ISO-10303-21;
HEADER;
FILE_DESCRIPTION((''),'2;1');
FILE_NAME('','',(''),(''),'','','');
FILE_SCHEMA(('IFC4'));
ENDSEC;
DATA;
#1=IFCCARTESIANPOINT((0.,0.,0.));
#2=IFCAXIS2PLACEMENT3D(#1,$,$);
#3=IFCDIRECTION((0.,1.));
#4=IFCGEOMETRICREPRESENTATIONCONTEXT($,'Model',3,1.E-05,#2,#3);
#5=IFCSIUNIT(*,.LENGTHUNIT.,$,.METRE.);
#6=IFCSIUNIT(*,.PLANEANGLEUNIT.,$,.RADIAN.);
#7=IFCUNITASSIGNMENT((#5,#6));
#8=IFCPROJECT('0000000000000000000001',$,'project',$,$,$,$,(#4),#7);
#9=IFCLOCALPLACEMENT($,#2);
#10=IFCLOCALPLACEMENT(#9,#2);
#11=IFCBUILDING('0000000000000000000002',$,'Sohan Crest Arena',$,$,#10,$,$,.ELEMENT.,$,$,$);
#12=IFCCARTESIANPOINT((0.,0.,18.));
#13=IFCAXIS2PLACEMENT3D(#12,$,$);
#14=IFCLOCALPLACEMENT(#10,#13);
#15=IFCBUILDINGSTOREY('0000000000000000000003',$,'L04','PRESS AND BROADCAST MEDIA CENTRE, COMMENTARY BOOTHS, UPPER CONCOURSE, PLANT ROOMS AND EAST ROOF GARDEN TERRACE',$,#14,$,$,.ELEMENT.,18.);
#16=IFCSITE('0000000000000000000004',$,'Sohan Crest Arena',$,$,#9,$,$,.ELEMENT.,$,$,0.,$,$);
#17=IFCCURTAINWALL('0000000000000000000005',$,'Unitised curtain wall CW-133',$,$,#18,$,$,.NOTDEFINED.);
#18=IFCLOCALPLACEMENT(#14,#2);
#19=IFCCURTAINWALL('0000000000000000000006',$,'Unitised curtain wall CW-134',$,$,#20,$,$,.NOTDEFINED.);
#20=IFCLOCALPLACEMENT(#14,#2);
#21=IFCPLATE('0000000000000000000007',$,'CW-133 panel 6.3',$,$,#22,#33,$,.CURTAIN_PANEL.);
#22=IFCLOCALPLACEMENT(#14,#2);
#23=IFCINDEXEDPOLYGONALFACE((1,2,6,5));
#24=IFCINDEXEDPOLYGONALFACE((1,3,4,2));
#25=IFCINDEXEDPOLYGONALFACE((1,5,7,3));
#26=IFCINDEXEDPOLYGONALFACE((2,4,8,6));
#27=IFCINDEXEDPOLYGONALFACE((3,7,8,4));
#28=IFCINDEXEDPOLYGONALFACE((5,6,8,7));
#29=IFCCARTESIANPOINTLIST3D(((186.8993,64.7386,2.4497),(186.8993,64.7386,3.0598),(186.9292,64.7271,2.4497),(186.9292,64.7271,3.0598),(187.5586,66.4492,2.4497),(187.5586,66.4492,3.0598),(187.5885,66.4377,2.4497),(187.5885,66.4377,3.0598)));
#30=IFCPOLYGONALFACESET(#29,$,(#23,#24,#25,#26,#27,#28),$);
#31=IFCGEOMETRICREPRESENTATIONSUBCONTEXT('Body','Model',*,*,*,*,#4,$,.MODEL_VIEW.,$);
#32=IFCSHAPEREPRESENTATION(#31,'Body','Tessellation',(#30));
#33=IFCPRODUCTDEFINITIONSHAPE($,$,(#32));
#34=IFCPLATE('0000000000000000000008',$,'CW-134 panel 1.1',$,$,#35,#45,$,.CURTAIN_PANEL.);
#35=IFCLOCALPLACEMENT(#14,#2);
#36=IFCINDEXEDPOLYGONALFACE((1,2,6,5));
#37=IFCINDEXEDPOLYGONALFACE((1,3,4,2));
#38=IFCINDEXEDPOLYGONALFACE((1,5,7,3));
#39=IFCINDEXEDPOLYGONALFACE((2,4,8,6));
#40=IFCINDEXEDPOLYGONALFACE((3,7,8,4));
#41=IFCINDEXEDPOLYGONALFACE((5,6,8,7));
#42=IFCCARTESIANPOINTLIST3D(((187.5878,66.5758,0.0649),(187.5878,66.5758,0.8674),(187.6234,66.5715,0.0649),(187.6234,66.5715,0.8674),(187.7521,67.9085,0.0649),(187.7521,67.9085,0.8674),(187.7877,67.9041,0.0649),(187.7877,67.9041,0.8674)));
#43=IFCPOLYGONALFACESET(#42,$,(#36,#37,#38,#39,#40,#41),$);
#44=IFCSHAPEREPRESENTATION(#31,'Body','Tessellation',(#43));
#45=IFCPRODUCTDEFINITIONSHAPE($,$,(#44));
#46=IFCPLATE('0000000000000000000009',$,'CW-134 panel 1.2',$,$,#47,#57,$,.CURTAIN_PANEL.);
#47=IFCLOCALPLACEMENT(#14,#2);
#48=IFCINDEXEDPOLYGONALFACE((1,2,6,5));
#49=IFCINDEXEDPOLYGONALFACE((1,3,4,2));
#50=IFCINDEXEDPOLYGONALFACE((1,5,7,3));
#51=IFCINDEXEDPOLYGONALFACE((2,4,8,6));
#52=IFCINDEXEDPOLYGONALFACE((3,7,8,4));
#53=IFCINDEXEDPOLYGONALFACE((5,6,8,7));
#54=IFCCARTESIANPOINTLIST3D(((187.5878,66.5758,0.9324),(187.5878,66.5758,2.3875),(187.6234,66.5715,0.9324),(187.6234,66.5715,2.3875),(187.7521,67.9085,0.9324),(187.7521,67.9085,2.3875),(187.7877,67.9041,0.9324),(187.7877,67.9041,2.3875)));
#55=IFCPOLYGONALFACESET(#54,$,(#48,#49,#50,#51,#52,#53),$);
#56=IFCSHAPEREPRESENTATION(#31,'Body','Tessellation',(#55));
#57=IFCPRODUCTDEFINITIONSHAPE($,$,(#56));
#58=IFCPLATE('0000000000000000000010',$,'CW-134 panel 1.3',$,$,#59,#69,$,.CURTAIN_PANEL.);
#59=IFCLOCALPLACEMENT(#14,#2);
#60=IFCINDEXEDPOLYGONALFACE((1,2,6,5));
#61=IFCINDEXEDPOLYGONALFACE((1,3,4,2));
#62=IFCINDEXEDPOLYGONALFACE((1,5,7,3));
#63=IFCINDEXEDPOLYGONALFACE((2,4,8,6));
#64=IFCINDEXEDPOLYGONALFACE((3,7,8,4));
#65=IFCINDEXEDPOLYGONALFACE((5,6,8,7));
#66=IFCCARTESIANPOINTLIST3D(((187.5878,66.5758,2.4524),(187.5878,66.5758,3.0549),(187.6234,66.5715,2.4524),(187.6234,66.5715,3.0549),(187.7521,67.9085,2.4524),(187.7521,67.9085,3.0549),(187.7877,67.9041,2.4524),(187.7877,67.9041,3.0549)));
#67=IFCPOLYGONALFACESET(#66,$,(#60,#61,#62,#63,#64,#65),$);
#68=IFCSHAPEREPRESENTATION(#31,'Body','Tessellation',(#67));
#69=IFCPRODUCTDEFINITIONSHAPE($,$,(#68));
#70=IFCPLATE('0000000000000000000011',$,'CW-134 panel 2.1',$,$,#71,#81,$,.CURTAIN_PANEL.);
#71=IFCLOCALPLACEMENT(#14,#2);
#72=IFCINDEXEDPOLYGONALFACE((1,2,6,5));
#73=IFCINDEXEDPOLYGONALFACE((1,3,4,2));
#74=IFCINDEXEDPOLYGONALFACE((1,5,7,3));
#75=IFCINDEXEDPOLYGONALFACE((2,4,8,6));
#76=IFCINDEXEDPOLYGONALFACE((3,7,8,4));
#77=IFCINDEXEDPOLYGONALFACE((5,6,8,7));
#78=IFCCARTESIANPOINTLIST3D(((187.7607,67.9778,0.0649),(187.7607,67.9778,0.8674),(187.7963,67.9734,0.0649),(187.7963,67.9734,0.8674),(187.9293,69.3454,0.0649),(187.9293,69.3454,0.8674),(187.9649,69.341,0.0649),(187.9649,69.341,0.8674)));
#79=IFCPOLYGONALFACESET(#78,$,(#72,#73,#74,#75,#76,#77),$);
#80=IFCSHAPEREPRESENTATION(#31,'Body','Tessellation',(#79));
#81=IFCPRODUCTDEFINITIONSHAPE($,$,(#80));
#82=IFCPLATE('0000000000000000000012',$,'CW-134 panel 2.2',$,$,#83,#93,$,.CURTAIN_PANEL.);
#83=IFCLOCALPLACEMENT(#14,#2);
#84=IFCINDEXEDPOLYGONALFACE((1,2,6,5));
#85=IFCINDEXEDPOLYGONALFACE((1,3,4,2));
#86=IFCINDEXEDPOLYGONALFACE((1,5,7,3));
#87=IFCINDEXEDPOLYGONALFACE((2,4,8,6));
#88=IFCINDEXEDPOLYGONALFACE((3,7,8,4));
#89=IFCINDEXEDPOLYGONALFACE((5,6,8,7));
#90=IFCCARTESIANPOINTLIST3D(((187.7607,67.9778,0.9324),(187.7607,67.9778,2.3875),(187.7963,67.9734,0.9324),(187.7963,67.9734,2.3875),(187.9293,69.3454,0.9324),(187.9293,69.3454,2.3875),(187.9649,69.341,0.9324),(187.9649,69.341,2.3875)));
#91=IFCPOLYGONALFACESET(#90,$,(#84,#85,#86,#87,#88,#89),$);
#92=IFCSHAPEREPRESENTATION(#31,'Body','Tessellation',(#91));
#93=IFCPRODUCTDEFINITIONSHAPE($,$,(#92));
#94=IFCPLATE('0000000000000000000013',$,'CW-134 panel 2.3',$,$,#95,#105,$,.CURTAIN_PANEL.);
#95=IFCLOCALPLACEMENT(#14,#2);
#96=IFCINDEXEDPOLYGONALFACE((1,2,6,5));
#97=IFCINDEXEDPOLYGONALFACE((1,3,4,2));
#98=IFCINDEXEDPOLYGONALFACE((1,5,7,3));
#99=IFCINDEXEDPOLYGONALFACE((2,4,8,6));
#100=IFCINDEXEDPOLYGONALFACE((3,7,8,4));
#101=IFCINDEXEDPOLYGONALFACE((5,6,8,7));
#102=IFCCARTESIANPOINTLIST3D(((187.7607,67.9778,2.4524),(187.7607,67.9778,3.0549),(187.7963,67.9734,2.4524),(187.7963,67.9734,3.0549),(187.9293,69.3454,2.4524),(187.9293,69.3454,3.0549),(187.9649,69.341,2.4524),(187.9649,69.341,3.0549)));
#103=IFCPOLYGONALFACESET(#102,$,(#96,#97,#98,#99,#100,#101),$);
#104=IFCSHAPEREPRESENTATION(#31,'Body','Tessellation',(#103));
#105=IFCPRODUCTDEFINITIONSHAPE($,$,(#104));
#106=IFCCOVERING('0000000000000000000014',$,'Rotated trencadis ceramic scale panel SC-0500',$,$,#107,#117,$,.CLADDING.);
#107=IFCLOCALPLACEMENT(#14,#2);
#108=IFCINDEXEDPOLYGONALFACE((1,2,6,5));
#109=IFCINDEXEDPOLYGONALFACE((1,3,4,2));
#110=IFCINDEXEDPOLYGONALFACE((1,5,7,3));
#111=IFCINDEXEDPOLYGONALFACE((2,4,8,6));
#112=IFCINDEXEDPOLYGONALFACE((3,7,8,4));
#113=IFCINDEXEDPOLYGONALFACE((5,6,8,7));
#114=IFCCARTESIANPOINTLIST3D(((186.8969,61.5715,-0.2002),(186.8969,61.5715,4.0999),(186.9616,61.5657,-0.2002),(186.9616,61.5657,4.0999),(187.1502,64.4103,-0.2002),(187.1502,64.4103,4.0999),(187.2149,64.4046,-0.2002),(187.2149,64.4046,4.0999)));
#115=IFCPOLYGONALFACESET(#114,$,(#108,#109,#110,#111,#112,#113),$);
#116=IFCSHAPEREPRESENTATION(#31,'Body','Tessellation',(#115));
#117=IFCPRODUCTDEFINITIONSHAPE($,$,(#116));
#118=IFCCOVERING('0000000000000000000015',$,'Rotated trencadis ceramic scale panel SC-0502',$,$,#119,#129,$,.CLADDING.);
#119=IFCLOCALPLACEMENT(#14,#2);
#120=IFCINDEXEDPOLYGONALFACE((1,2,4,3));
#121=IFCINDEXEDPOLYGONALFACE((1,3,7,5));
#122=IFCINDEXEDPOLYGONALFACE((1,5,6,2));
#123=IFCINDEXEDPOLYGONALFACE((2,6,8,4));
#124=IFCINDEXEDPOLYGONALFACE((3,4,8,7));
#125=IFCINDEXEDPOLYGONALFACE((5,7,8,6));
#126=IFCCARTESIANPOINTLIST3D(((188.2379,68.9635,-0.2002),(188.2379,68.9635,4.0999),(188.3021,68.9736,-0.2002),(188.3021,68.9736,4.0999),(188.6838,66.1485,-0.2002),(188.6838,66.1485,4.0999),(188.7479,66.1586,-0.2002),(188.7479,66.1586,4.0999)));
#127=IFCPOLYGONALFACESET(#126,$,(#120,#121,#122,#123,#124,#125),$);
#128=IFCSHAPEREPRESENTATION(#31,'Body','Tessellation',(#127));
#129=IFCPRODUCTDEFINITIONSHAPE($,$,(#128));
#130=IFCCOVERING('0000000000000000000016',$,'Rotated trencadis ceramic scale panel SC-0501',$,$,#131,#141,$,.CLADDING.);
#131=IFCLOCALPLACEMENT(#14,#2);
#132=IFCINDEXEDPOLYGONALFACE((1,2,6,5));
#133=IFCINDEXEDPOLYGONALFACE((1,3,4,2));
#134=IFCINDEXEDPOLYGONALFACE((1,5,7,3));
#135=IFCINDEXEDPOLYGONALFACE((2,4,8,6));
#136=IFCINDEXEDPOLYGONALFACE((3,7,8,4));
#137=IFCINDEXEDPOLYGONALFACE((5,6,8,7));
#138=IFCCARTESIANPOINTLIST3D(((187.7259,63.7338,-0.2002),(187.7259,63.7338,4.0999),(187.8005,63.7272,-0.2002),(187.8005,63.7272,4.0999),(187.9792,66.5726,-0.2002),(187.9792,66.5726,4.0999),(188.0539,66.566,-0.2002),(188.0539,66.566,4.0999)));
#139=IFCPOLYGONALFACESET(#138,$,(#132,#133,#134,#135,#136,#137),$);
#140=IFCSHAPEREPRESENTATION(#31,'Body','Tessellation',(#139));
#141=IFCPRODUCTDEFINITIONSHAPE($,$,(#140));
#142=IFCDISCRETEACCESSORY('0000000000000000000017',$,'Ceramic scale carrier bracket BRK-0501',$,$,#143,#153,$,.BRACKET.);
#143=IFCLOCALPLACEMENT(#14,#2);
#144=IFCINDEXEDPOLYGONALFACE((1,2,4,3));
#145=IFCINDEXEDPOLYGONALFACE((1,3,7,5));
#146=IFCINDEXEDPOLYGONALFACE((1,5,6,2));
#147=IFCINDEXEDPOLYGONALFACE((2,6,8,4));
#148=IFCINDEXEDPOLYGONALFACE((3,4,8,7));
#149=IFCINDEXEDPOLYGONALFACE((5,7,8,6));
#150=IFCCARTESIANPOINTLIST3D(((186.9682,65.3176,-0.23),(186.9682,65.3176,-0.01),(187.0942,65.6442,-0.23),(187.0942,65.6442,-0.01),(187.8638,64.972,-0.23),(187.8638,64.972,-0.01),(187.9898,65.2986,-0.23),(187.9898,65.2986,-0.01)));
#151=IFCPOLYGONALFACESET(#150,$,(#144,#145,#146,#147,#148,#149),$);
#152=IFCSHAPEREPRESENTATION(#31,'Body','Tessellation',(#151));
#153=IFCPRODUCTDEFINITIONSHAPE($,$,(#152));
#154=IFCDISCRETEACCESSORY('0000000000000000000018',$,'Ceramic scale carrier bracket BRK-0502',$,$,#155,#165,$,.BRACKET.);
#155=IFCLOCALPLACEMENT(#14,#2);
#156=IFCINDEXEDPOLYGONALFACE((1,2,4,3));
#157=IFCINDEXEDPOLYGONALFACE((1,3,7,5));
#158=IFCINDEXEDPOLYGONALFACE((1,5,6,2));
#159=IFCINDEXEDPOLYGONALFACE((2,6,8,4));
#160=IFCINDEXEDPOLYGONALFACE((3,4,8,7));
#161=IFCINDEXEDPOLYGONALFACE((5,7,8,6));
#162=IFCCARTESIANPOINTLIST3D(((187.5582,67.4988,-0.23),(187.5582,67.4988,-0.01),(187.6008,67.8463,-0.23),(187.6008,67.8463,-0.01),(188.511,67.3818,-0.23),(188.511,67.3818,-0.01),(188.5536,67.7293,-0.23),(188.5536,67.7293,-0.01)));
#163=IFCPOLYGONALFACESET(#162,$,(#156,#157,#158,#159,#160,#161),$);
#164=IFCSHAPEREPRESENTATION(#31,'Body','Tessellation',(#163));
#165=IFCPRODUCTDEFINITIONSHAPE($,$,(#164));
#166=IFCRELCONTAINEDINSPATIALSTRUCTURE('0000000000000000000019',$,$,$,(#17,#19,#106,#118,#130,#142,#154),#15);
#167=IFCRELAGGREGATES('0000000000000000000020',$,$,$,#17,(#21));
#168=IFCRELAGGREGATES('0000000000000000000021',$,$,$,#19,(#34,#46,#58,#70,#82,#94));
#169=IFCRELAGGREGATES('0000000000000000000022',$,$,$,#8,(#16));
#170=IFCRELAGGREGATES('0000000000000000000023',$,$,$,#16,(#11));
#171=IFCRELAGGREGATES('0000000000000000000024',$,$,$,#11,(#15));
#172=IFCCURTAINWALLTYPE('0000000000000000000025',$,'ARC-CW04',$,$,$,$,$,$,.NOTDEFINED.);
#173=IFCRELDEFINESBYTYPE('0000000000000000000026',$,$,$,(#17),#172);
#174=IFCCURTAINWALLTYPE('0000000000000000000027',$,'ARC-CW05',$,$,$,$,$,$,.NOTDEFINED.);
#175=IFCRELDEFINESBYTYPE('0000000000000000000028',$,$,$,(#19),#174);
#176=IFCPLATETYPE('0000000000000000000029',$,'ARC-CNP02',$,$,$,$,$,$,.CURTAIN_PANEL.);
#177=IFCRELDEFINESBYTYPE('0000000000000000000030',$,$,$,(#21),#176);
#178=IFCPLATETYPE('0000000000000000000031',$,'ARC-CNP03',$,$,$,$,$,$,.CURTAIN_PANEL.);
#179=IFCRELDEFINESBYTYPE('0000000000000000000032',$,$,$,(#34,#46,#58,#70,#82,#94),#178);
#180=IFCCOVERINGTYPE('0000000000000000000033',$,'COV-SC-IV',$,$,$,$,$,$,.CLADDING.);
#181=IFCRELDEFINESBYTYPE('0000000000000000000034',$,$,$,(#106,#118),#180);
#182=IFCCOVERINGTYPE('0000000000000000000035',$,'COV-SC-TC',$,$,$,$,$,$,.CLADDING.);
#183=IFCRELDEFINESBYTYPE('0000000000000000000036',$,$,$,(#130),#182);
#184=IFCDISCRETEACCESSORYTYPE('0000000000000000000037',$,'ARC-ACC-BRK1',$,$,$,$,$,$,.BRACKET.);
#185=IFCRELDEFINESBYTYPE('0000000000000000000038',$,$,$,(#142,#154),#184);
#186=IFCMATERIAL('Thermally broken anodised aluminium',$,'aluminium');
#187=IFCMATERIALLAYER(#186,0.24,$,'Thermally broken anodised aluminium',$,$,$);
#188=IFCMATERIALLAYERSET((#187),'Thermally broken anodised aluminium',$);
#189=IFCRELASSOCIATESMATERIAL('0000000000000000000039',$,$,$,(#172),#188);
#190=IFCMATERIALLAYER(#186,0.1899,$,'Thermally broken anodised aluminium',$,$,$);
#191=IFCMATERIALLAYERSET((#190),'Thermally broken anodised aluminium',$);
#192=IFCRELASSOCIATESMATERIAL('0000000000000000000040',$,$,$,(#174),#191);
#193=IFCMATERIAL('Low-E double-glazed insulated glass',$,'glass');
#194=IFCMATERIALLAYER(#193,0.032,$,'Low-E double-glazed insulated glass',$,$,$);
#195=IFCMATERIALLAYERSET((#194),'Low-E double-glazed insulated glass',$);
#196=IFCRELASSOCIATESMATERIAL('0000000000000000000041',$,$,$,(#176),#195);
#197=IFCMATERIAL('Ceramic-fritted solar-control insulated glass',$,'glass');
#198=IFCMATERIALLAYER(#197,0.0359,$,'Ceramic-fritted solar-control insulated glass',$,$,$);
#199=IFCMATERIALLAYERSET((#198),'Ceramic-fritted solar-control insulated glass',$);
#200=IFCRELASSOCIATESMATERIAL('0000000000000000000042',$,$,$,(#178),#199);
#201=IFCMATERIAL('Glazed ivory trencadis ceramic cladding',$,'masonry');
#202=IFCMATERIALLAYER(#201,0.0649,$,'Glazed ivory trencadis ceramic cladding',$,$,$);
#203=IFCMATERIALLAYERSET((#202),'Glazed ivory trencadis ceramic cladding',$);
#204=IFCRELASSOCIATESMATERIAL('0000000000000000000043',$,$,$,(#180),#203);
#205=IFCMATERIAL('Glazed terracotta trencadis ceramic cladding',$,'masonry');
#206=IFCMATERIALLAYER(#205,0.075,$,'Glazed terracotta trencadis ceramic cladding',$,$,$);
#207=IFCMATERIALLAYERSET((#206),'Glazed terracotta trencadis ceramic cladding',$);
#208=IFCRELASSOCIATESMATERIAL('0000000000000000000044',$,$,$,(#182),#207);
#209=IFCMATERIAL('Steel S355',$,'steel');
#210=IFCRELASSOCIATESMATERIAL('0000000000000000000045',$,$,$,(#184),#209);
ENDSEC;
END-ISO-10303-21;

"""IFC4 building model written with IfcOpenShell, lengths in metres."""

from ifc_helpers import new_model, si_unit, direction, frame, origin, origin_2d, place, context, subcontext, project, spatial, rectangle, extrude, material, layer, layer_set, type_object, element, aggregate, save


model = new_model("IFC4")

# Units and contexts
model_context = context("Model", 3, precision=1e-05, world=origin(), true_north=direction((0.0, 1.0)))
body_context = subcontext(model_context, "Body", "Model", "MODEL_VIEW")
ifc_project = project(units=[si_unit("LENGTHUNIT", "METRE"), si_unit("PLANEANGLEUNIT", "RADIAN")], contexts=[model_context])

# Site, building, storey
site_placement = place(None, origin())
site = spatial("IfcSite", under=ifc_project, at=site_placement, Name="Sohan Crest Arena", CompositionType="ELEMENT", RefElevation=0.0)
building_placement = place(site_placement, origin())
building = spatial("IfcBuilding", under=site, at=building_placement, Name="Sohan Crest Arena", CompositionType="ELEMENT")
storey_placement = place(building_placement, frame((0.0, 0.0, 18.0)))
storey = spatial("IfcBuildingStorey", under=building, at=storey_placement, Name="L04", Description="PRESS AND BROADCAST MEDIA CENTRE, COMMENTARY BOOTHS, UPPER CONCOURSE, PLANT ROOMS AND EAST ROOF GARDEN TERRACE", CompositionType="ELEMENT", Elevation=18.0)

# Curtain wall
ifc_material_1 = material(Name="Thermally broken anodised aluminium", Category="aluminium")
ifc_layer_1 = layer(ifc_material_1, 0.24, Name="Thermally broken anodised aluminium")
ifc_layer_set_1 = layer_set([ifc_layer_1], Name="Thermally broken anodised aluminium")
curtain_wall_type_1 = type_object("IfcCurtainWallType", Name="ARC-CW04", PredefinedType="NOTDEFINED", material=ifc_layer_set_1)
curtain_wall_1_placement = place(storey_placement, origin())
curtain_wall_1 = element("IfcCurtainWall", 1, at=curtain_wall_1_placement, inside=storey, type_object=curtain_wall_type_1, Name="Unitised curtain wall CW-133", PredefinedType="NOTDEFINED")

# Curtain wall
ifc_layer_2 = layer(ifc_material_1, 0.1899, Name="Thermally broken anodised aluminium")
ifc_layer_set_2 = layer_set([ifc_layer_2], Name="Thermally broken anodised aluminium")
curtain_wall_type_2 = type_object("IfcCurtainWallType", Name="ARC-CW05", PredefinedType="NOTDEFINED", material=ifc_layer_set_2)
curtain_wall_2_placement = place(storey_placement, origin())
curtain_wall_2 = element("IfcCurtainWall", 2, at=curtain_wall_2_placement, inside=storey, type_object=curtain_wall_type_2, Name="Unitised curtain wall CW-134", PredefinedType="NOTDEFINED")

# Plates
ifc_material_2 = material(Name="Low-E double-glazed insulated glass", Category="glass")
ifc_layer_3 = layer(ifc_material_2, 0.032, Name="Low-E double-glazed insulated glass")
ifc_layer_set_3 = layer_set([ifc_layer_3], Name="Low-E double-glazed insulated glass")
plate_type_1 = type_object("IfcPlateType", Name="ARC-CNP02", PredefinedType="CURTAIN_PANEL", material=ifc_layer_set_3)
plate_1_placement = place(storey_placement, frame((187.2439, 65.5881, 2.4497), z_axis=(0.0, 0.0, 1.0), x_axis=(0.359633, 0.933094, 0.0)))
plate_1 = element("IfcPlate", 3, at=plate_1_placement, type_object=plate_type_1, Name="CW-133 panel 6.3", PredefinedType="CURTAIN_PANEL", context=body_context, shape_type="SweptSolid", body=[
    extrude(rectangle(XDim=1.8333, YDim=0.032, at=origin_2d()), origin(), (0.0, 0.0, 1.0), 0.6101),
])
aggregate(curtain_wall_1, [plate_1])
ifc_material_3 = material(Name="Ceramic-fritted solar-control insulated glass", Category="glass")
ifc_layer_4 = layer(ifc_material_3, 0.0359, Name="Ceramic-fritted solar-control insulated glass")
ifc_layer_set_4 = layer_set([ifc_layer_4], Name="Ceramic-fritted solar-control insulated glass")
plate_type_2 = type_object("IfcPlateType", Name="ARC-CNP03", PredefinedType="CURTAIN_PANEL", material=ifc_layer_set_4)
plate_2_placement = place(storey_placement, frame((187.6877, 67.24, 0.0649), z_axis=(0.0, 0.0, 1.0), x_axis=(0.122334, 0.992489, 0.0)))
plate_2 = element("IfcPlate", 4, at=plate_2_placement, type_object=plate_type_2, Name="CW-134 panel 1.1", PredefinedType="CURTAIN_PANEL", context=body_context, shape_type="SweptSolid", body=[
    extrude(rectangle(XDim=1.3428, YDim=0.0359, at=origin_2d()), origin(), (0.0, 0.0, 1.0), 0.8025),
])
plate_3_placement = place(storey_placement, frame((187.6877, 67.24, 0.9324), z_axis=(0.0, 0.0, 1.0), x_axis=(0.122334, 0.992489, 0.0)))
plate_3 = element("IfcPlate", 5, at=plate_3_placement, type_object=plate_type_2, Name="CW-134 panel 1.2", PredefinedType="CURTAIN_PANEL", context=body_context, shape_type="SweptSolid", body=[
    extrude(rectangle(XDim=1.3428, YDim=0.0359, at=origin_2d()), origin(), (0.0, 0.0, 1.0), 1.4551),
])
plate_4_placement = place(storey_placement, frame((187.6877, 67.24, 2.4524), z_axis=(0.0, 0.0, 1.0), x_axis=(0.122334, 0.992489, 0.0)))
plate_4 = element("IfcPlate", 6, at=plate_4_placement, type_object=plate_type_2, Name="CW-134 panel 1.3", PredefinedType="CURTAIN_PANEL", context=body_context, shape_type="SweptSolid", body=[
    extrude(rectangle(XDim=1.3428, YDim=0.0359, at=origin_2d()), origin(), (0.0, 0.0, 1.0), 0.6025),
])
plate_5_placement = place(storey_placement, frame((187.8628, 68.6594, 0.0649), z_axis=(0.0, 0.0, 1.0), x_axis=(0.122334, 0.992489, 0.0)))
plate_5 = element("IfcPlate", 7, at=plate_5_placement, type_object=plate_type_2, Name="CW-134 panel 2.1", PredefinedType="CURTAIN_PANEL", context=body_context, shape_type="SweptSolid", body=[
    extrude(rectangle(XDim=1.3779, YDim=0.0359, at=origin_2d()), origin(), (0.0, 0.0, 1.0), 0.8025),
])
plate_6_placement = place(storey_placement, frame((187.8628, 68.6594, 0.9324), z_axis=(0.0, 0.0, 1.0), x_axis=(0.122334, 0.992489, 0.0)))
plate_6 = element("IfcPlate", 8, at=plate_6_placement, type_object=plate_type_2, Name="CW-134 panel 2.2", PredefinedType="CURTAIN_PANEL", context=body_context, shape_type="SweptSolid", body=[
    extrude(rectangle(XDim=1.3779, YDim=0.0359, at=origin_2d()), origin(), (0.0, 0.0, 1.0), 1.4551),
])
plate_7_placement = place(storey_placement, frame((187.8628, 68.6594, 2.4524), z_axis=(0.0, 0.0, 1.0), x_axis=(0.122334, 0.992489, 0.0)))
plate_7 = element("IfcPlate", 9, at=plate_7_placement, type_object=plate_type_2, Name="CW-134 panel 2.3", PredefinedType="CURTAIN_PANEL", context=body_context, shape_type="SweptSolid", body=[
    extrude(rectangle(XDim=1.3779, YDim=0.0359, at=origin_2d()), origin(), (0.0, 0.0, 1.0), 0.6025),
])
aggregate(curtain_wall_2, [plate_2, plate_3, plate_4, plate_5, plate_6, plate_7])

# Coverings
ifc_material_4 = material(Name="Glazed ivory trencadis ceramic cladding", Category="masonry")
ifc_layer_5 = layer(ifc_material_4, 0.0649, Name="Glazed ivory trencadis ceramic cladding")
ifc_layer_set_5 = layer_set([ifc_layer_5], Name="Glazed ivory trencadis ceramic cladding")
covering_type_1 = type_object("IfcCoveringType", Name="COV-SC-IV", PredefinedType="CLADDING", material=ifc_layer_set_5)
for number, where, z_axis, x_axis, name in (
    (10, (187.0559, 62.988, -0.2002), (0.0, 0.0, 1.0), (0.088894, 0.996041, 0.0), "Rotated trencadis ceramic scale panel SC-0500"),
    (11, (188.4929, 67.561, -0.2002), (0.0, 0.0, 1.0), (-0.156434, 0.987688, 0.0), "Rotated trencadis ceramic scale panel SC-0502"),
):
    element("IfcCovering", number, at=place(storey_placement, frame(where, z_axis=z_axis, x_axis=x_axis)), inside=storey, type_object=covering_type_1, Name=name, PredefinedType="CLADDING", context=body_context, shape_type="SweptSolid", body=[
        extrude(rectangle(XDim=2.8501, YDim=0.0649, at=origin_2d()), origin(), (0.0, 0.0, 1.0), 4.3),
    ])
ifc_material_5 = material(Name="Glazed terracotta trencadis ceramic cladding", Category="masonry")
ifc_layer_6 = layer(ifc_material_5, 0.075, Name="Glazed terracotta trencadis ceramic cladding")
ifc_layer_set_6 = layer_set([ifc_layer_6], Name="Glazed terracotta trencadis ceramic cladding")
covering_type_2 = type_object("IfcCoveringType", Name="COV-SC-TC", PredefinedType="CLADDING", material=ifc_layer_set_6)
covering_placement = place(storey_placement, frame((187.8899, 65.1499, -0.2002), z_axis=(0.0, 0.0, 1.0), x_axis=(0.088894, 0.996041, 0.0)))
element("IfcCovering", 12, at=covering_placement, inside=storey, type_object=covering_type_2, Name="Rotated trencadis ceramic scale panel SC-0501", PredefinedType="CLADDING", context=body_context, shape_type="SweptSolid", body=[
    extrude(rectangle(XDim=2.8501, YDim=0.075, at=origin_2d()), origin(), (0.0, 0.0, 1.0), 4.3),
])

# Discrete accessories
ifc_material_6 = material(Name="Steel S355", Category="steel")
discrete_accessory_type = type_object("IfcDiscreteAccessoryType", Name="ARC-ACC-BRK1", PredefinedType="BRACKET", material=ifc_material_6)
for number, where, z_axis, x_axis, name in (
    (13, (187.479, 65.3081, -0.23), (0.0, 0.0, 1.0), (0.359997, 0.932954, 0.0), "Ceramic scale carrier bracket BRK-0501"),
    (14, (188.0559, 67.614, -0.23), (0.0, 0.0, 1.0), (0.121869, 0.992546, 0.0), "Ceramic scale carrier bracket BRK-0502"),
):
    element("IfcDiscreteAccessory", number, at=place(storey_placement, frame(where, z_axis=z_axis, x_axis=x_axis)), inside=storey, type_object=discrete_accessory_type, Name=name, PredefinedType="BRACKET", context=body_context, shape_type="SweptSolid", body=[
        extrude(rectangle(XDim=0.3501, YDim=0.96, at=origin_2d()), origin(), (0.0, 0.0, 1.0), 0.22),
    ])

save(model, "model.ifc")
